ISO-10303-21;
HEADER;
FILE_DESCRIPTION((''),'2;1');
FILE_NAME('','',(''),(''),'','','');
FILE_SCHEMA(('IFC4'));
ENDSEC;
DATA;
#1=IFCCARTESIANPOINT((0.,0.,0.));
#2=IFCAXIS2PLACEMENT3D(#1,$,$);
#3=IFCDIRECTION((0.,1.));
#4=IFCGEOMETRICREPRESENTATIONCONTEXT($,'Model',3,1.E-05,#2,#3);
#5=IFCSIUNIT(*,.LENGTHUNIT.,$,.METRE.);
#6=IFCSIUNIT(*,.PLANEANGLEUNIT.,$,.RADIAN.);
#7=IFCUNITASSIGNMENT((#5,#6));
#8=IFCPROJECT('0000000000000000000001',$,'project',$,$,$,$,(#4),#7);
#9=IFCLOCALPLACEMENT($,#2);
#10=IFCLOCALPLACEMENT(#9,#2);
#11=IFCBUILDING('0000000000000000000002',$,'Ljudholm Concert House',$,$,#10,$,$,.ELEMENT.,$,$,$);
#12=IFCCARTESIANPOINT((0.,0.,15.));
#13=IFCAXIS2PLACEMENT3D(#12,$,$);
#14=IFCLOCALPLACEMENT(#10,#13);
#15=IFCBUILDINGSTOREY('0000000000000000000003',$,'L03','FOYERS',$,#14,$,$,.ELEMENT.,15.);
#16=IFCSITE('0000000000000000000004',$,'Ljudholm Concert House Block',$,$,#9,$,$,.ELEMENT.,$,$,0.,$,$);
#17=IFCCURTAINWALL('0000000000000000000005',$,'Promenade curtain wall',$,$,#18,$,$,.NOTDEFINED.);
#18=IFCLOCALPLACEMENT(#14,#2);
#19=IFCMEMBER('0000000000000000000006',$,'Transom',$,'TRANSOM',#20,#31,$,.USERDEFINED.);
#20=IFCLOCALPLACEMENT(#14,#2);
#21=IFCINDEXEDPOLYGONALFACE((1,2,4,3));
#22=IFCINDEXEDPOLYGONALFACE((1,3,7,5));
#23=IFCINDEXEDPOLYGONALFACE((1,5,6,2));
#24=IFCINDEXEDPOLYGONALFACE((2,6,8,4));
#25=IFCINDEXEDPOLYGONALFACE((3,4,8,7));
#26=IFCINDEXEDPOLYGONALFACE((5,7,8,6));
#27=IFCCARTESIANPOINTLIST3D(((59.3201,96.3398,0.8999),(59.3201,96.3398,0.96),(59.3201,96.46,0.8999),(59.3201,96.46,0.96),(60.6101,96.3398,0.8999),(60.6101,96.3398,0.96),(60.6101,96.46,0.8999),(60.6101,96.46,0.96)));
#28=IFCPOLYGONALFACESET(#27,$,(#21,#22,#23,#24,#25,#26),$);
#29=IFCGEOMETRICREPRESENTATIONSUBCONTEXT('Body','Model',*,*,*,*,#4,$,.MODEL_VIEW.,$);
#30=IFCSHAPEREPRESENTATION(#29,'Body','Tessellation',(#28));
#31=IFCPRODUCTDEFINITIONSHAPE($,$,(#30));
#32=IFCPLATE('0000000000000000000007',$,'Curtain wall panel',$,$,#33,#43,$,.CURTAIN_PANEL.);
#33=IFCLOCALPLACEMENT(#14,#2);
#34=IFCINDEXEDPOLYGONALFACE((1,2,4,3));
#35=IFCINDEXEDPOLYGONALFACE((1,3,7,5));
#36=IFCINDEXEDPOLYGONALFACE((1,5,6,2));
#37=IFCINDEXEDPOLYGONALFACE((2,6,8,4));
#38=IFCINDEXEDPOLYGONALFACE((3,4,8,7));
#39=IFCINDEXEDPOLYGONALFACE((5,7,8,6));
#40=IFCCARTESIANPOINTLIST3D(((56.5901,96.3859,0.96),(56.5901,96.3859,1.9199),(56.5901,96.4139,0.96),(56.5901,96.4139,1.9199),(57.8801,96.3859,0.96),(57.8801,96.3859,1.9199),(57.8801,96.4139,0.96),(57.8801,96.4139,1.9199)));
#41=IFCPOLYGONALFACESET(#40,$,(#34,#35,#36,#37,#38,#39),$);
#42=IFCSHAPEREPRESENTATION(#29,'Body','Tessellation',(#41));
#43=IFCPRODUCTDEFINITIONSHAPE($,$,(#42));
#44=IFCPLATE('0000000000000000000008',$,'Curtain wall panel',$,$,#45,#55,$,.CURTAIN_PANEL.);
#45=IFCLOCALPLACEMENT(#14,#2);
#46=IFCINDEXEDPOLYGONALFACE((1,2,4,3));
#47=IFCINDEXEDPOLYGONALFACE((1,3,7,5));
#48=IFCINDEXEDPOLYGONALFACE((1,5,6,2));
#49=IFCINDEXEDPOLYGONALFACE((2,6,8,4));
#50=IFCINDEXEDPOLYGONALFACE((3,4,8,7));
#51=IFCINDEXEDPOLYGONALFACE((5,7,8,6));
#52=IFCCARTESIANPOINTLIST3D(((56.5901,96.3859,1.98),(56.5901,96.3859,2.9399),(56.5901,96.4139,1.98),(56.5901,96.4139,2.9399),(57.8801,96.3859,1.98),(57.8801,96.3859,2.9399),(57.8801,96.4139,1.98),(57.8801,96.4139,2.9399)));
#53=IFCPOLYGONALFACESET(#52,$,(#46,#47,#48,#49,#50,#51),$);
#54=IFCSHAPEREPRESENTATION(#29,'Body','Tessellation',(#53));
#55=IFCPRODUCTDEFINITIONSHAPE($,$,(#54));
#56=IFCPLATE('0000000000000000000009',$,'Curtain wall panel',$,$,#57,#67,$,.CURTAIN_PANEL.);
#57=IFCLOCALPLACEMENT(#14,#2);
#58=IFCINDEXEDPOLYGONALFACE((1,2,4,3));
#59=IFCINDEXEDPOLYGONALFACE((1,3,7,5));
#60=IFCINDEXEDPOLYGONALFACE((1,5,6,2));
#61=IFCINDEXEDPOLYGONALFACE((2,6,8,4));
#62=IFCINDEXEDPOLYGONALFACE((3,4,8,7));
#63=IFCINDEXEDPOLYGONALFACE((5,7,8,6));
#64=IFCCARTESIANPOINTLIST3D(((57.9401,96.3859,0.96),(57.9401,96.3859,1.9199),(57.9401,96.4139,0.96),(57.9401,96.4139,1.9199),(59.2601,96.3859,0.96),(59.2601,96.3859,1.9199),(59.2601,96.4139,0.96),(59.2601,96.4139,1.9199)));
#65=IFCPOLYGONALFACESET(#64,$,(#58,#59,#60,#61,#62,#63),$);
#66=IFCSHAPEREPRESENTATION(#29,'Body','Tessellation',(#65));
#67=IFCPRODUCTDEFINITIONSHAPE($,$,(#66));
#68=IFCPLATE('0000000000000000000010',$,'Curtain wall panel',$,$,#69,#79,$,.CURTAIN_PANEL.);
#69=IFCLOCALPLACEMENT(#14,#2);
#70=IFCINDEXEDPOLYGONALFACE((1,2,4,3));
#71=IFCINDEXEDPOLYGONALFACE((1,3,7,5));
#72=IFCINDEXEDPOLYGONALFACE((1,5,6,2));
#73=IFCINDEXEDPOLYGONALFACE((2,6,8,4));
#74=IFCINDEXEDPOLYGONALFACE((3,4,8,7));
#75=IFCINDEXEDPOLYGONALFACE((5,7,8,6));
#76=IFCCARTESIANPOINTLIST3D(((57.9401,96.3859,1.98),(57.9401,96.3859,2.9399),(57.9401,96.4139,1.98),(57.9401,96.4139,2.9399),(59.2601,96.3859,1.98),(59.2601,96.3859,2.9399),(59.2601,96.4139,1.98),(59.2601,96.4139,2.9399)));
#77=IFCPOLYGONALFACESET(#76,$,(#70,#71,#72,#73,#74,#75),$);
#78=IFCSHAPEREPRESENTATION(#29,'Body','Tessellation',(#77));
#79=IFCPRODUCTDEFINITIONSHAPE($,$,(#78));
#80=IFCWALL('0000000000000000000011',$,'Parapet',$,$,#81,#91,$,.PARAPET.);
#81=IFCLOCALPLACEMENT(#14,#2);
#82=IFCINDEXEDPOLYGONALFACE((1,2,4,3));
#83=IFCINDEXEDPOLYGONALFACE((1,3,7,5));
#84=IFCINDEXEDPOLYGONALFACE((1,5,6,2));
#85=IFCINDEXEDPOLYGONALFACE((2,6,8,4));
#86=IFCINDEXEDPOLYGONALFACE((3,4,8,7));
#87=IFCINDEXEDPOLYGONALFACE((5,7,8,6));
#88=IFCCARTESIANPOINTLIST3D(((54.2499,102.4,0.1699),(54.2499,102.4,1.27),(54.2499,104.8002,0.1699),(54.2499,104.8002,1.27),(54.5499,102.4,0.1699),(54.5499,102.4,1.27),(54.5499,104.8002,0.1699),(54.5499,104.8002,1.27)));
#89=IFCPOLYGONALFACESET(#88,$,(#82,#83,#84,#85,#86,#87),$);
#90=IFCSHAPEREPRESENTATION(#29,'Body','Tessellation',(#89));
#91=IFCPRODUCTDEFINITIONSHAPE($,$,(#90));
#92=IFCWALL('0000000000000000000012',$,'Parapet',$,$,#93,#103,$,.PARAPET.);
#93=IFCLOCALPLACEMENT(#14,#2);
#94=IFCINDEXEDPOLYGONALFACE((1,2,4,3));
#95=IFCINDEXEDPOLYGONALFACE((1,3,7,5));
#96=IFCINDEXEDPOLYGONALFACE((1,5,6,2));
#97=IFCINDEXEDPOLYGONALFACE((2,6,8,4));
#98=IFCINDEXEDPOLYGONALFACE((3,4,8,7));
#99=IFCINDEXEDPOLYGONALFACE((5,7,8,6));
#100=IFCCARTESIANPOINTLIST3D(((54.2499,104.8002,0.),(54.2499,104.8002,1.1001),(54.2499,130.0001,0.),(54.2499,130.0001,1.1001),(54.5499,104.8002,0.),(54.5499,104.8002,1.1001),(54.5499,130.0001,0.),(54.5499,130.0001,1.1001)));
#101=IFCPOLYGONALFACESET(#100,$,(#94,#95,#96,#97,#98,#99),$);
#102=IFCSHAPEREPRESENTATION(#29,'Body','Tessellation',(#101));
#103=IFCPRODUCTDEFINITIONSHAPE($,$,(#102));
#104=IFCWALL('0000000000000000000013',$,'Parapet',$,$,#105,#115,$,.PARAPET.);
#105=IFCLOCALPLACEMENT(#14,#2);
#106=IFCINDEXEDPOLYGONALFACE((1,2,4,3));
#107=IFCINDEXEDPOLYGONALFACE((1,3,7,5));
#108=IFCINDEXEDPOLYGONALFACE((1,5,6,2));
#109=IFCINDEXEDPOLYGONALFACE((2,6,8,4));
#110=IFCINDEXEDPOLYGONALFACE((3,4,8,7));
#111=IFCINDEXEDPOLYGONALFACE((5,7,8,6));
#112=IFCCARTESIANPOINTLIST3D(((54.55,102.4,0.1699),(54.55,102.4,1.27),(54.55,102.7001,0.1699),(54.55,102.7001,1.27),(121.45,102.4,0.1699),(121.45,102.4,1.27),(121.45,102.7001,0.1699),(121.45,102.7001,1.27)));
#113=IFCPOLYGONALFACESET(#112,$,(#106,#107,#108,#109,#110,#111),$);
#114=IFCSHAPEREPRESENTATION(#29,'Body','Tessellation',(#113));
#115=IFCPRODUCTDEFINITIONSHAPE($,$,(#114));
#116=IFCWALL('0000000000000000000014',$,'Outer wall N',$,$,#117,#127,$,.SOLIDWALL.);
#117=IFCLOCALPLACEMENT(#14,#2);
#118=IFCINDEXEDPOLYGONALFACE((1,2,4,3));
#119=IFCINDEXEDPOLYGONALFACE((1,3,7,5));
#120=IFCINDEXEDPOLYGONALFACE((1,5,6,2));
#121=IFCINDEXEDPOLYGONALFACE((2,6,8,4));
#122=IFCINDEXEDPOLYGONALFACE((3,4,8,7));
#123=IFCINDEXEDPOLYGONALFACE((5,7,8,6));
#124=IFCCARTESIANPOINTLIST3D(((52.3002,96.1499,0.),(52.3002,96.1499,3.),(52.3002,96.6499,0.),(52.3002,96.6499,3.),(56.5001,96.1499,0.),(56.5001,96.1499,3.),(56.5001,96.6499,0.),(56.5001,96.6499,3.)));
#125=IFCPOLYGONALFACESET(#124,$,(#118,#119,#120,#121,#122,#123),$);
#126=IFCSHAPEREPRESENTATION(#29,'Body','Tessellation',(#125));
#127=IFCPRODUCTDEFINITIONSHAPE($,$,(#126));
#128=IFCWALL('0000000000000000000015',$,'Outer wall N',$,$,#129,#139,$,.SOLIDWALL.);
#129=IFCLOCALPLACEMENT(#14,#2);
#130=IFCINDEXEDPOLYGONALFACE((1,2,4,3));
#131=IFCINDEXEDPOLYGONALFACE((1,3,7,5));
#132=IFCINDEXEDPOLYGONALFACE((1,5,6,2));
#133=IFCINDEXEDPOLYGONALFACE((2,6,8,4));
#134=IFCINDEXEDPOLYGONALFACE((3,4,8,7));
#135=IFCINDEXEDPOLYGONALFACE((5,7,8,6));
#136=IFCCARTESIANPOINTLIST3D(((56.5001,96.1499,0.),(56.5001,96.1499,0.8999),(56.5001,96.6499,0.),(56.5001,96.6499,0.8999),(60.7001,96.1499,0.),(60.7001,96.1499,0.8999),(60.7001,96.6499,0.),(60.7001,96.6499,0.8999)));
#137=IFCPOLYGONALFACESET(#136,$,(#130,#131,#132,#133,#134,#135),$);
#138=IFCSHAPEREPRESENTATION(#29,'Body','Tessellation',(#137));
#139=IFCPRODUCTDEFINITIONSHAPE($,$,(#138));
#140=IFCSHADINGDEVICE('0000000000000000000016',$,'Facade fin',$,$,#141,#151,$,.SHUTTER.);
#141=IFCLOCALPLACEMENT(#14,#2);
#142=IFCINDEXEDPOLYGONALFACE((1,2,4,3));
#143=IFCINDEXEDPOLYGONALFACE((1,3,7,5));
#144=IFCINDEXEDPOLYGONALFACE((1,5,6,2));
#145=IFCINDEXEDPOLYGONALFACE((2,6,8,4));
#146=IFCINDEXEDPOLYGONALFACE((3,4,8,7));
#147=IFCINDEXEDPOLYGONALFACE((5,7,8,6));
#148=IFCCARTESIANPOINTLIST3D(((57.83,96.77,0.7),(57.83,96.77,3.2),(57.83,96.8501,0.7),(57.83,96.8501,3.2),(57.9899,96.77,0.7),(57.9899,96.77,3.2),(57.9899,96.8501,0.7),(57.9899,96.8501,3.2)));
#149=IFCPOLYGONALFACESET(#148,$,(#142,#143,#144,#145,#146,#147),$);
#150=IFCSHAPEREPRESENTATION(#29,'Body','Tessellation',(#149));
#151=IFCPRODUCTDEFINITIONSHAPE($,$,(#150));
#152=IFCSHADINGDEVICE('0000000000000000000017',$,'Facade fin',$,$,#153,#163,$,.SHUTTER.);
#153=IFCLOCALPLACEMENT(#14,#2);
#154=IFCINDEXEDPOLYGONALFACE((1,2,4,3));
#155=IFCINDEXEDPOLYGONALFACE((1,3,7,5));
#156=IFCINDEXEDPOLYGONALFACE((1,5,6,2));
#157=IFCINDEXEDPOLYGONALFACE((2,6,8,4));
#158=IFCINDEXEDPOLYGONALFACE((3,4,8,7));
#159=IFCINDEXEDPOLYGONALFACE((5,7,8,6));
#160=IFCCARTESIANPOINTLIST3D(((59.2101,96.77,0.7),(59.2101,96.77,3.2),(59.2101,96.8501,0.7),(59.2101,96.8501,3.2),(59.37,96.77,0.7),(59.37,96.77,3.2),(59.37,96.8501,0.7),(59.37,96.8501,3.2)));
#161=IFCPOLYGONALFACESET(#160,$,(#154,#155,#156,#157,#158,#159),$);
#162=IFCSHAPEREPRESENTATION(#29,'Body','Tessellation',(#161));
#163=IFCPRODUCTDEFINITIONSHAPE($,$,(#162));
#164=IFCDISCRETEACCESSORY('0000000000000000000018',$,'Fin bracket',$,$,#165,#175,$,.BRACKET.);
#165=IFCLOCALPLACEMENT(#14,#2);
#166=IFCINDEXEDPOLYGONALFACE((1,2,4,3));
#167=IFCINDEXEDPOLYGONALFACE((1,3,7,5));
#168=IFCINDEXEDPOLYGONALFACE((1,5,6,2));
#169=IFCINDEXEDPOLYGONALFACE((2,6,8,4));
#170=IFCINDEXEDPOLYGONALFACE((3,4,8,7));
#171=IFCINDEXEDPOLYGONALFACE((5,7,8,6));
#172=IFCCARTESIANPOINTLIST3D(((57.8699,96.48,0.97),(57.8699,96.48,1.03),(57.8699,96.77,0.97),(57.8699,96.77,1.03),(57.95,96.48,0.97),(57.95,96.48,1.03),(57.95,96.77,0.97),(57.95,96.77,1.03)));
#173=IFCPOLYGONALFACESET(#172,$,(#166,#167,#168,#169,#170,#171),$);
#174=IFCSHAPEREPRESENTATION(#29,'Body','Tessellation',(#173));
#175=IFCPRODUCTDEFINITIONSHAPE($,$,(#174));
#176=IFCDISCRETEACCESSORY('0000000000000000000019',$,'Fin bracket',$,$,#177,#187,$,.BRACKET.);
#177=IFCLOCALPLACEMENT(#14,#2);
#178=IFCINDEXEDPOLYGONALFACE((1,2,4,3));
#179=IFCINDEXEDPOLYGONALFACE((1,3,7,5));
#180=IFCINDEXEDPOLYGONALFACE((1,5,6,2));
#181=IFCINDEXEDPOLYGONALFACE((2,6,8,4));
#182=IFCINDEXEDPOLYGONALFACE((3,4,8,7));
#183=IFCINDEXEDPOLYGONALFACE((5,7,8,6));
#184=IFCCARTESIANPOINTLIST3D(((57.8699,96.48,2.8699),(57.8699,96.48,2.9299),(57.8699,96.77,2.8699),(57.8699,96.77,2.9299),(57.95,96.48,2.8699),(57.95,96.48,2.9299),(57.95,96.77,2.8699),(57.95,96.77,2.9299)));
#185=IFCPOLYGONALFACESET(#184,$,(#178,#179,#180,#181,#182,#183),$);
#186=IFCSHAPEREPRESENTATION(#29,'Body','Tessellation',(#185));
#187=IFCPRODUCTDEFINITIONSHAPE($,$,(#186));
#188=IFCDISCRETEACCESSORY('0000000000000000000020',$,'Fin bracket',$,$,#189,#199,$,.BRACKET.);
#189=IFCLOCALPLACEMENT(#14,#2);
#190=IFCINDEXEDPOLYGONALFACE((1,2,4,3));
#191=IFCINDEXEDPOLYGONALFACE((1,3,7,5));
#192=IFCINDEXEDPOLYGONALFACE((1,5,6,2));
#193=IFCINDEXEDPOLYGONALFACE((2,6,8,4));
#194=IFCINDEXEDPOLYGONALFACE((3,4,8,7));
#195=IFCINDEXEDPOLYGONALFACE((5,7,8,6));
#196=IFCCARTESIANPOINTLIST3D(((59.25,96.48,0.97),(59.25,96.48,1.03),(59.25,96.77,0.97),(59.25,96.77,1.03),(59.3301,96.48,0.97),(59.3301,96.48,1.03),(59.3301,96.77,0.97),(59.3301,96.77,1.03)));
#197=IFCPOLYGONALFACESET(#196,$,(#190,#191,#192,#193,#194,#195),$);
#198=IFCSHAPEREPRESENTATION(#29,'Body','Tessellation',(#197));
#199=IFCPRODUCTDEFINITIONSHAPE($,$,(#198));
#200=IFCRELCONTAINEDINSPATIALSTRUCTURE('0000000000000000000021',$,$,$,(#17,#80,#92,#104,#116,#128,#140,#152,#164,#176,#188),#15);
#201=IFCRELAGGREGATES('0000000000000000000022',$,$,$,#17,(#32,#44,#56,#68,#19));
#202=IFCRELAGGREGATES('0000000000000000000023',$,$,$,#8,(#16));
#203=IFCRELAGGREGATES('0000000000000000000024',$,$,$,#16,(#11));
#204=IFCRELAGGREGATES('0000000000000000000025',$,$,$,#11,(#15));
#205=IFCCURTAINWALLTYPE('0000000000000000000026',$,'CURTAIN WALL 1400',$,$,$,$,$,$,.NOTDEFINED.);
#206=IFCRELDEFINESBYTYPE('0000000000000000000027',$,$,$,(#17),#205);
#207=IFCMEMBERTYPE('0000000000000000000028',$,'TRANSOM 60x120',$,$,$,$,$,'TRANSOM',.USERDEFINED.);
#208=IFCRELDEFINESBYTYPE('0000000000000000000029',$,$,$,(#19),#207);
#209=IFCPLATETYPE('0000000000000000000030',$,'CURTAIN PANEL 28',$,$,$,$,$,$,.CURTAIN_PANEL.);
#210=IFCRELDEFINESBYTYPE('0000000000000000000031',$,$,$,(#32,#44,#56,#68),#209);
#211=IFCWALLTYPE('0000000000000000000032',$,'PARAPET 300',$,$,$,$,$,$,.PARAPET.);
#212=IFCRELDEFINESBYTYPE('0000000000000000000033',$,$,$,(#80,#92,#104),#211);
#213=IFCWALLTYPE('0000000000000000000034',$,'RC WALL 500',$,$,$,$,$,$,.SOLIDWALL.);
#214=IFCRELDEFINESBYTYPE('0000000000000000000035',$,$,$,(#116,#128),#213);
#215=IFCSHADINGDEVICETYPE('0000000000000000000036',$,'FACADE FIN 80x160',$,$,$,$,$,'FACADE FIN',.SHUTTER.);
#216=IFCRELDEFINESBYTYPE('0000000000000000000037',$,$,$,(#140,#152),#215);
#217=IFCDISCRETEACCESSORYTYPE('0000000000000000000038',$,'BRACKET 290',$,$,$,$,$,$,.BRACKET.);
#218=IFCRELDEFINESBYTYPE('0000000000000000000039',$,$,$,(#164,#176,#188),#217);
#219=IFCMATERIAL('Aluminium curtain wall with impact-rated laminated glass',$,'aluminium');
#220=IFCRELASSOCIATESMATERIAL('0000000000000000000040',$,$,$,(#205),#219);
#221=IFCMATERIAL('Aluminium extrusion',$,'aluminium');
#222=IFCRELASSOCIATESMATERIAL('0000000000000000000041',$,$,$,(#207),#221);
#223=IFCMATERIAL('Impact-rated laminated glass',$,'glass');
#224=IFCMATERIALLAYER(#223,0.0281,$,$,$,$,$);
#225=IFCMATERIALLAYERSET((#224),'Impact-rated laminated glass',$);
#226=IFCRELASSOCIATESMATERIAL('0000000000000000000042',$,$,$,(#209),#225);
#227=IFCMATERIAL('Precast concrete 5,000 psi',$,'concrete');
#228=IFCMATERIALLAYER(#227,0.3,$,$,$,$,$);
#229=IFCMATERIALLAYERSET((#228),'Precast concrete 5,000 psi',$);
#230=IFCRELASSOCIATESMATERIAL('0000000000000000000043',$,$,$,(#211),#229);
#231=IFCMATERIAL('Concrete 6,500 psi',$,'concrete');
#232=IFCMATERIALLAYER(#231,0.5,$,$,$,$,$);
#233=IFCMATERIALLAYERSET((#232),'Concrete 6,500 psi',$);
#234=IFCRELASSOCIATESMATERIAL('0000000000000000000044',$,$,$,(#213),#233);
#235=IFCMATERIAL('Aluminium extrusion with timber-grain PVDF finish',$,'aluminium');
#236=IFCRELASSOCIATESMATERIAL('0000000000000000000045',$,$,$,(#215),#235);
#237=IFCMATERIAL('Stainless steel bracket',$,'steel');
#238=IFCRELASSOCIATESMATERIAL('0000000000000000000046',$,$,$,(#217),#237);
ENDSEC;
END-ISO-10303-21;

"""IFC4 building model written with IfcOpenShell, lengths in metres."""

from ifc_helpers import new_model, si_unit, direction, frame, frame_2d, origin, origin_2d, place, context, subcontext, project, spatial, rectangle, extrude, material, layer, layer_set, material_profile, profile_set, type_object, element, aggregate, save


model = new_model("IFC4")

# Units and contexts
model_context = context("Model", 3, precision=1e-05, world=origin(), true_north=direction((0.0, 1.0)))
body_context = subcontext(model_context, "Body", "Model", "MODEL_VIEW")
ifc_project = project(units=[si_unit("LENGTHUNIT", "METRE"), si_unit("PLANEANGLEUNIT", "RADIAN")], contexts=[model_context])

# Site, building, storey
site_placement = place(None, origin())
site = spatial("IfcSite", under=ifc_project, at=site_placement, Name="Ljudholm Concert House Block", CompositionType="ELEMENT", RefElevation=0.0)
building_placement = place(site_placement, origin())
building = spatial("IfcBuilding", under=site, at=building_placement, Name="Ljudholm Concert House", CompositionType="ELEMENT")
storey_placement = place(building_placement, frame((0.0, 0.0, 15.0)))
storey = spatial("IfcBuildingStorey", under=building, at=storey_placement, Name="L03", Description="FOYERS", CompositionType="ELEMENT", Elevation=15.0)

# Curtain wall
ifc_material_1 = material(Name="Aluminium curtain wall with impact-rated laminated glass", Category="aluminium")
curtain_wall_type_1 = type_object("IfcCurtainWallType", Name="CURTAIN WALL 1400", PredefinedType="NOTDEFINED", material=ifc_material_1)
curtain_wall_1_placement = place(storey_placement, origin())
curtain_wall_1 = element("IfcCurtainWall", 1, at=curtain_wall_1_placement, inside=storey, type_object=curtain_wall_type_1, Name="Promenade curtain wall", PredefinedType="NOTDEFINED")

# Member
ifc_material_2 = material(Name="Aluminium extrusion", Category="aluminium")
ifc_material_profile_1 = material_profile(ifc_material_2, rectangle(XDim=0.1201, YDim=0.0601, at=origin_2d()), Name="TRANSOM 60x120")
ifc_profile_set_1 = profile_set([ifc_material_profile_1], Name="Aluminium extrusion")
member_type_1 = type_object("IfcMemberType", Name="TRANSOM 60x120", ElementType="TRANSOM", PredefinedType="USERDEFINED", material=ifc_profile_set_1)
member_1_placement = place(storey_placement, frame((59.3201, 96.3999, 0.9299), z_axis=(1.0, 0.0, 0.0), x_axis=(0.0, 1.0, 0.0)))
member_1 = element("IfcMember", 2, at=member_1_placement, type_object=member_type_1, Name="Transom", ObjectType="TRANSOM", PredefinedType="USERDEFINED", context=body_context, shape_type="SweptSolid", body=[
    extrude(rectangle(XDim=0.1201, YDim=0.0601, at=origin_2d()), origin(), (0.0, 0.0, 1.0), 1.29),
])

# Plates
ifc_material_3 = material(Name="Impact-rated laminated glass", Category="glass")
ifc_layer_1 = layer(ifc_material_3, 0.0281)
ifc_layer_set_1 = layer_set([ifc_layer_1], Name="Impact-rated laminated glass")
plate_type = type_object("IfcPlateType", Name="CURTAIN PANEL 28", PredefinedType="CURTAIN_PANEL", material=ifc_layer_set_1)
plate_1_placement = place(storey_placement, frame((57.2351, 96.3999, 0.96), z_axis=(0.0, 0.0, 1.0), x_axis=(1.0, 0.0, 0.0)))
plate_1 = element("IfcPlate", 3, at=plate_1_placement, type_object=plate_type, Name="Curtain wall panel", PredefinedType="CURTAIN_PANEL", context=body_context, shape_type="SweptSolid", body=[
    extrude(rectangle(XDim=1.29, YDim=0.0281, at=origin_2d()), origin(), (0.0, 0.0, 1.0), 0.96),
])
plate_2_placement = place(storey_placement, frame((57.2351, 96.3999, 1.98), z_axis=(0.0, 0.0, 1.0), x_axis=(1.0, 0.0, 0.0)))
plate_2 = element("IfcPlate", 4, at=plate_2_placement, type_object=plate_type, Name="Curtain wall panel", PredefinedType="CURTAIN_PANEL", context=body_context, shape_type="SweptSolid", body=[
    extrude(rectangle(XDim=1.29, YDim=0.0281, at=origin_2d()), origin(), (0.0, 0.0, 1.0), 0.96),
])
plate_3_placement = place(storey_placement, frame((58.6001, 96.3999, 0.96), z_axis=(0.0, 0.0, 1.0), x_axis=(1.0, 0.0, 0.0)))
plate_3 = element("IfcPlate", 5, at=plate_3_placement, type_object=plate_type, Name="Curtain wall panel", PredefinedType="CURTAIN_PANEL", context=body_context, shape_type="SweptSolid", body=[
    extrude(rectangle(XDim=1.3201, YDim=0.0281, at=origin_2d()), origin(), (0.0, 0.0, 1.0), 0.96),
])
plate_4_placement = place(storey_placement, frame((58.6001, 96.3999, 1.98), z_axis=(0.0, 0.0, 1.0), x_axis=(1.0, 0.0, 0.0)))
plate_4 = element("IfcPlate", 6, at=plate_4_placement, type_object=plate_type, Name="Curtain wall panel", PredefinedType="CURTAIN_PANEL", context=body_context, shape_type="SweptSolid", body=[
    extrude(rectangle(XDim=1.3201, YDim=0.0281, at=origin_2d()), origin(), (0.0, 0.0, 1.0), 0.96),
])
aggregate(curtain_wall_1, [plate_1, plate_2, plate_3, plate_4, member_1])

# Walls
ifc_material_4 = material(Name="Precast concrete 5,000 psi", Category="concrete")
ifc_layer_2 = layer(ifc_material_4, 0.3)
ifc_layer_set_2 = layer_set([ifc_layer_2], Name="Precast concrete 5,000 psi")
wall_type_1 = type_object("IfcWallType", Name="PARAPET 300", PredefinedType="PARAPET", material=ifc_layer_set_2)
wall_1_placement = place(storey_placement, frame((54.3999, 102.3999, 0.1699), z_axis=(0.0, 0.0, 1.0), x_axis=(0.0, 1.0, 0.0)))
element("IfcWall", 7, at=wall_1_placement, inside=storey, type_object=wall_type_1, Name="Parapet", PredefinedType="PARAPET", context=body_context, shape_type="SweptSolid", body=[
    extrude(rectangle(XDim=2.4001, YDim=0.3, at=frame_2d((1.2002, 0.0))), origin(), (0.0, 0.0, 1.0), 1.1001),
])
wall_2_placement = place(storey_placement, frame((54.3999, 104.8, 0.0), z_axis=(0.0, 0.0, 1.0), x_axis=(0.0, 1.0, 0.0)))
element("IfcWall", 8, at=wall_2_placement, inside=storey, type_object=wall_type_1, Name="Parapet", PredefinedType="PARAPET", context=body_context, shape_type="SweptSolid", body=[
    extrude(rectangle(XDim=25.2, YDim=0.3, at=frame_2d((12.6001, 0.0))), origin(), (0.0, 0.0, 1.0), 1.1001),
])
wall_3_placement = place(storey_placement, frame((54.55, 102.55, 0.1699), z_axis=(0.0, 0.0, 1.0), x_axis=(1.0, 0.0, 0.0)))
element("IfcWall", 9, at=wall_3_placement, inside=storey, type_object=wall_type_1, Name="Parapet", PredefinedType="PARAPET", context=body_context, shape_type="SweptSolid", body=[
    extrude(rectangle(XDim=66.8999, YDim=0.3, at=frame_2d((33.45, 0.0))), origin(), (0.0, 0.0, 1.0), 1.1001),
])
ifc_material_5 = material(Name="Concrete 6,500 psi", Category="concrete")
ifc_layer_3 = layer(ifc_material_5, 0.5)
ifc_layer_set_3 = layer_set([ifc_layer_3], Name="Concrete 6,500 psi")
wall_type_2 = type_object("IfcWallType", Name="RC WALL 500", PredefinedType="SOLIDWALL", material=ifc_layer_set_3)
wall_4_placement = place(storey_placement, frame((52.3, 96.3999, 0.0), z_axis=(0.0, 0.0, 1.0), x_axis=(1.0, 0.0, 0.0)))
element("IfcWall", 10, at=wall_4_placement, inside=storey, type_object=wall_type_2, Name="Outer wall N", PredefinedType="SOLIDWALL", context=body_context, shape_type="SweptSolid", body=[
    extrude(rectangle(XDim=4.2, YDim=0.5, at=frame_2d((2.1001, 0.0))), origin(), (0.0, 0.0, 1.0), 3.0),
])
wall_5_placement = place(storey_placement, frame((56.5, 96.3999, 0.0), z_axis=(0.0, 0.0, 1.0), x_axis=(1.0, 0.0, 0.0)))
element("IfcWall", 11, at=wall_5_placement, inside=storey, type_object=wall_type_2, Name="Outer wall N", PredefinedType="SOLIDWALL", context=body_context, shape_type="SweptSolid", body=[
    extrude(rectangle(XDim=4.2, YDim=0.5, at=frame_2d((2.1001, 0.0))), origin(), (0.0, 0.0, 1.0), 0.8999),
])

# Shading devices
ifc_material_6 = material(Name="Aluminium extrusion with timber-grain PVDF finish", Category="aluminium")
shading_device_type = type_object("IfcShadingDeviceType", Name="FACADE FIN 80x160", ElementType="FACADE FIN", PredefinedType="SHUTTER", material=ifc_material_6)
for number, where, z_axis, x_axis, name in (
    (12, (57.9099, 96.8101, 0.7), (0.0, 0.0, 1.0), (0.0, 1.0, 0.0), "Facade fin"),
    (13, (59.29, 96.8101, 0.7), (0.0, 0.0, 1.0), (0.0, 1.0, 0.0), "Facade fin"),
):
    element("IfcShadingDevice", number, at=place(storey_placement, frame(where, z_axis=z_axis, x_axis=x_axis)), inside=storey, type_object=shading_device_type, Name=name, PredefinedType="SHUTTER", context=body_context, shape_type="SweptSolid", body=[
        extrude(rectangle(XDim=0.0801, YDim=0.1599, at=origin_2d()), origin(), (0.0, 0.0, 1.0), 2.5),
    ])

# Discrete accessories
ifc_material_7 = material(Name="Stainless steel bracket", Category="steel")
discrete_accessory_type = type_object("IfcDiscreteAccessoryType", Name="BRACKET 290", PredefinedType="BRACKET", material=ifc_material_7)
for number, where, z_axis, x_axis, name in (
    (14, (57.9099, 96.625, 0.97), (0.0, 0.0, 1.0), (0.0, 1.0, 0.0), "Fin bracket"),
    (15, (57.9099, 96.625, 2.8699), (0.0, 0.0, 1.0), (0.0, 1.0, 0.0), "Fin bracket"),
    (16, (59.29, 96.625, 0.97), (0.0, 0.0, 1.0), (0.0, 1.0, 0.0), "Fin bracket"),
):
    element("IfcDiscreteAccessory", number, at=place(storey_placement, frame(where, z_axis=z_axis, x_axis=x_axis)), inside=storey, type_object=discrete_accessory_type, Name=name, PredefinedType="BRACKET", context=body_context, shape_type="SweptSolid", body=[
        extrude(rectangle(XDim=0.29, YDim=0.0801, at=origin_2d()), origin(), (0.0, 0.0, 1.0), 0.0601),
    ])

save(model, "model.ifc")
